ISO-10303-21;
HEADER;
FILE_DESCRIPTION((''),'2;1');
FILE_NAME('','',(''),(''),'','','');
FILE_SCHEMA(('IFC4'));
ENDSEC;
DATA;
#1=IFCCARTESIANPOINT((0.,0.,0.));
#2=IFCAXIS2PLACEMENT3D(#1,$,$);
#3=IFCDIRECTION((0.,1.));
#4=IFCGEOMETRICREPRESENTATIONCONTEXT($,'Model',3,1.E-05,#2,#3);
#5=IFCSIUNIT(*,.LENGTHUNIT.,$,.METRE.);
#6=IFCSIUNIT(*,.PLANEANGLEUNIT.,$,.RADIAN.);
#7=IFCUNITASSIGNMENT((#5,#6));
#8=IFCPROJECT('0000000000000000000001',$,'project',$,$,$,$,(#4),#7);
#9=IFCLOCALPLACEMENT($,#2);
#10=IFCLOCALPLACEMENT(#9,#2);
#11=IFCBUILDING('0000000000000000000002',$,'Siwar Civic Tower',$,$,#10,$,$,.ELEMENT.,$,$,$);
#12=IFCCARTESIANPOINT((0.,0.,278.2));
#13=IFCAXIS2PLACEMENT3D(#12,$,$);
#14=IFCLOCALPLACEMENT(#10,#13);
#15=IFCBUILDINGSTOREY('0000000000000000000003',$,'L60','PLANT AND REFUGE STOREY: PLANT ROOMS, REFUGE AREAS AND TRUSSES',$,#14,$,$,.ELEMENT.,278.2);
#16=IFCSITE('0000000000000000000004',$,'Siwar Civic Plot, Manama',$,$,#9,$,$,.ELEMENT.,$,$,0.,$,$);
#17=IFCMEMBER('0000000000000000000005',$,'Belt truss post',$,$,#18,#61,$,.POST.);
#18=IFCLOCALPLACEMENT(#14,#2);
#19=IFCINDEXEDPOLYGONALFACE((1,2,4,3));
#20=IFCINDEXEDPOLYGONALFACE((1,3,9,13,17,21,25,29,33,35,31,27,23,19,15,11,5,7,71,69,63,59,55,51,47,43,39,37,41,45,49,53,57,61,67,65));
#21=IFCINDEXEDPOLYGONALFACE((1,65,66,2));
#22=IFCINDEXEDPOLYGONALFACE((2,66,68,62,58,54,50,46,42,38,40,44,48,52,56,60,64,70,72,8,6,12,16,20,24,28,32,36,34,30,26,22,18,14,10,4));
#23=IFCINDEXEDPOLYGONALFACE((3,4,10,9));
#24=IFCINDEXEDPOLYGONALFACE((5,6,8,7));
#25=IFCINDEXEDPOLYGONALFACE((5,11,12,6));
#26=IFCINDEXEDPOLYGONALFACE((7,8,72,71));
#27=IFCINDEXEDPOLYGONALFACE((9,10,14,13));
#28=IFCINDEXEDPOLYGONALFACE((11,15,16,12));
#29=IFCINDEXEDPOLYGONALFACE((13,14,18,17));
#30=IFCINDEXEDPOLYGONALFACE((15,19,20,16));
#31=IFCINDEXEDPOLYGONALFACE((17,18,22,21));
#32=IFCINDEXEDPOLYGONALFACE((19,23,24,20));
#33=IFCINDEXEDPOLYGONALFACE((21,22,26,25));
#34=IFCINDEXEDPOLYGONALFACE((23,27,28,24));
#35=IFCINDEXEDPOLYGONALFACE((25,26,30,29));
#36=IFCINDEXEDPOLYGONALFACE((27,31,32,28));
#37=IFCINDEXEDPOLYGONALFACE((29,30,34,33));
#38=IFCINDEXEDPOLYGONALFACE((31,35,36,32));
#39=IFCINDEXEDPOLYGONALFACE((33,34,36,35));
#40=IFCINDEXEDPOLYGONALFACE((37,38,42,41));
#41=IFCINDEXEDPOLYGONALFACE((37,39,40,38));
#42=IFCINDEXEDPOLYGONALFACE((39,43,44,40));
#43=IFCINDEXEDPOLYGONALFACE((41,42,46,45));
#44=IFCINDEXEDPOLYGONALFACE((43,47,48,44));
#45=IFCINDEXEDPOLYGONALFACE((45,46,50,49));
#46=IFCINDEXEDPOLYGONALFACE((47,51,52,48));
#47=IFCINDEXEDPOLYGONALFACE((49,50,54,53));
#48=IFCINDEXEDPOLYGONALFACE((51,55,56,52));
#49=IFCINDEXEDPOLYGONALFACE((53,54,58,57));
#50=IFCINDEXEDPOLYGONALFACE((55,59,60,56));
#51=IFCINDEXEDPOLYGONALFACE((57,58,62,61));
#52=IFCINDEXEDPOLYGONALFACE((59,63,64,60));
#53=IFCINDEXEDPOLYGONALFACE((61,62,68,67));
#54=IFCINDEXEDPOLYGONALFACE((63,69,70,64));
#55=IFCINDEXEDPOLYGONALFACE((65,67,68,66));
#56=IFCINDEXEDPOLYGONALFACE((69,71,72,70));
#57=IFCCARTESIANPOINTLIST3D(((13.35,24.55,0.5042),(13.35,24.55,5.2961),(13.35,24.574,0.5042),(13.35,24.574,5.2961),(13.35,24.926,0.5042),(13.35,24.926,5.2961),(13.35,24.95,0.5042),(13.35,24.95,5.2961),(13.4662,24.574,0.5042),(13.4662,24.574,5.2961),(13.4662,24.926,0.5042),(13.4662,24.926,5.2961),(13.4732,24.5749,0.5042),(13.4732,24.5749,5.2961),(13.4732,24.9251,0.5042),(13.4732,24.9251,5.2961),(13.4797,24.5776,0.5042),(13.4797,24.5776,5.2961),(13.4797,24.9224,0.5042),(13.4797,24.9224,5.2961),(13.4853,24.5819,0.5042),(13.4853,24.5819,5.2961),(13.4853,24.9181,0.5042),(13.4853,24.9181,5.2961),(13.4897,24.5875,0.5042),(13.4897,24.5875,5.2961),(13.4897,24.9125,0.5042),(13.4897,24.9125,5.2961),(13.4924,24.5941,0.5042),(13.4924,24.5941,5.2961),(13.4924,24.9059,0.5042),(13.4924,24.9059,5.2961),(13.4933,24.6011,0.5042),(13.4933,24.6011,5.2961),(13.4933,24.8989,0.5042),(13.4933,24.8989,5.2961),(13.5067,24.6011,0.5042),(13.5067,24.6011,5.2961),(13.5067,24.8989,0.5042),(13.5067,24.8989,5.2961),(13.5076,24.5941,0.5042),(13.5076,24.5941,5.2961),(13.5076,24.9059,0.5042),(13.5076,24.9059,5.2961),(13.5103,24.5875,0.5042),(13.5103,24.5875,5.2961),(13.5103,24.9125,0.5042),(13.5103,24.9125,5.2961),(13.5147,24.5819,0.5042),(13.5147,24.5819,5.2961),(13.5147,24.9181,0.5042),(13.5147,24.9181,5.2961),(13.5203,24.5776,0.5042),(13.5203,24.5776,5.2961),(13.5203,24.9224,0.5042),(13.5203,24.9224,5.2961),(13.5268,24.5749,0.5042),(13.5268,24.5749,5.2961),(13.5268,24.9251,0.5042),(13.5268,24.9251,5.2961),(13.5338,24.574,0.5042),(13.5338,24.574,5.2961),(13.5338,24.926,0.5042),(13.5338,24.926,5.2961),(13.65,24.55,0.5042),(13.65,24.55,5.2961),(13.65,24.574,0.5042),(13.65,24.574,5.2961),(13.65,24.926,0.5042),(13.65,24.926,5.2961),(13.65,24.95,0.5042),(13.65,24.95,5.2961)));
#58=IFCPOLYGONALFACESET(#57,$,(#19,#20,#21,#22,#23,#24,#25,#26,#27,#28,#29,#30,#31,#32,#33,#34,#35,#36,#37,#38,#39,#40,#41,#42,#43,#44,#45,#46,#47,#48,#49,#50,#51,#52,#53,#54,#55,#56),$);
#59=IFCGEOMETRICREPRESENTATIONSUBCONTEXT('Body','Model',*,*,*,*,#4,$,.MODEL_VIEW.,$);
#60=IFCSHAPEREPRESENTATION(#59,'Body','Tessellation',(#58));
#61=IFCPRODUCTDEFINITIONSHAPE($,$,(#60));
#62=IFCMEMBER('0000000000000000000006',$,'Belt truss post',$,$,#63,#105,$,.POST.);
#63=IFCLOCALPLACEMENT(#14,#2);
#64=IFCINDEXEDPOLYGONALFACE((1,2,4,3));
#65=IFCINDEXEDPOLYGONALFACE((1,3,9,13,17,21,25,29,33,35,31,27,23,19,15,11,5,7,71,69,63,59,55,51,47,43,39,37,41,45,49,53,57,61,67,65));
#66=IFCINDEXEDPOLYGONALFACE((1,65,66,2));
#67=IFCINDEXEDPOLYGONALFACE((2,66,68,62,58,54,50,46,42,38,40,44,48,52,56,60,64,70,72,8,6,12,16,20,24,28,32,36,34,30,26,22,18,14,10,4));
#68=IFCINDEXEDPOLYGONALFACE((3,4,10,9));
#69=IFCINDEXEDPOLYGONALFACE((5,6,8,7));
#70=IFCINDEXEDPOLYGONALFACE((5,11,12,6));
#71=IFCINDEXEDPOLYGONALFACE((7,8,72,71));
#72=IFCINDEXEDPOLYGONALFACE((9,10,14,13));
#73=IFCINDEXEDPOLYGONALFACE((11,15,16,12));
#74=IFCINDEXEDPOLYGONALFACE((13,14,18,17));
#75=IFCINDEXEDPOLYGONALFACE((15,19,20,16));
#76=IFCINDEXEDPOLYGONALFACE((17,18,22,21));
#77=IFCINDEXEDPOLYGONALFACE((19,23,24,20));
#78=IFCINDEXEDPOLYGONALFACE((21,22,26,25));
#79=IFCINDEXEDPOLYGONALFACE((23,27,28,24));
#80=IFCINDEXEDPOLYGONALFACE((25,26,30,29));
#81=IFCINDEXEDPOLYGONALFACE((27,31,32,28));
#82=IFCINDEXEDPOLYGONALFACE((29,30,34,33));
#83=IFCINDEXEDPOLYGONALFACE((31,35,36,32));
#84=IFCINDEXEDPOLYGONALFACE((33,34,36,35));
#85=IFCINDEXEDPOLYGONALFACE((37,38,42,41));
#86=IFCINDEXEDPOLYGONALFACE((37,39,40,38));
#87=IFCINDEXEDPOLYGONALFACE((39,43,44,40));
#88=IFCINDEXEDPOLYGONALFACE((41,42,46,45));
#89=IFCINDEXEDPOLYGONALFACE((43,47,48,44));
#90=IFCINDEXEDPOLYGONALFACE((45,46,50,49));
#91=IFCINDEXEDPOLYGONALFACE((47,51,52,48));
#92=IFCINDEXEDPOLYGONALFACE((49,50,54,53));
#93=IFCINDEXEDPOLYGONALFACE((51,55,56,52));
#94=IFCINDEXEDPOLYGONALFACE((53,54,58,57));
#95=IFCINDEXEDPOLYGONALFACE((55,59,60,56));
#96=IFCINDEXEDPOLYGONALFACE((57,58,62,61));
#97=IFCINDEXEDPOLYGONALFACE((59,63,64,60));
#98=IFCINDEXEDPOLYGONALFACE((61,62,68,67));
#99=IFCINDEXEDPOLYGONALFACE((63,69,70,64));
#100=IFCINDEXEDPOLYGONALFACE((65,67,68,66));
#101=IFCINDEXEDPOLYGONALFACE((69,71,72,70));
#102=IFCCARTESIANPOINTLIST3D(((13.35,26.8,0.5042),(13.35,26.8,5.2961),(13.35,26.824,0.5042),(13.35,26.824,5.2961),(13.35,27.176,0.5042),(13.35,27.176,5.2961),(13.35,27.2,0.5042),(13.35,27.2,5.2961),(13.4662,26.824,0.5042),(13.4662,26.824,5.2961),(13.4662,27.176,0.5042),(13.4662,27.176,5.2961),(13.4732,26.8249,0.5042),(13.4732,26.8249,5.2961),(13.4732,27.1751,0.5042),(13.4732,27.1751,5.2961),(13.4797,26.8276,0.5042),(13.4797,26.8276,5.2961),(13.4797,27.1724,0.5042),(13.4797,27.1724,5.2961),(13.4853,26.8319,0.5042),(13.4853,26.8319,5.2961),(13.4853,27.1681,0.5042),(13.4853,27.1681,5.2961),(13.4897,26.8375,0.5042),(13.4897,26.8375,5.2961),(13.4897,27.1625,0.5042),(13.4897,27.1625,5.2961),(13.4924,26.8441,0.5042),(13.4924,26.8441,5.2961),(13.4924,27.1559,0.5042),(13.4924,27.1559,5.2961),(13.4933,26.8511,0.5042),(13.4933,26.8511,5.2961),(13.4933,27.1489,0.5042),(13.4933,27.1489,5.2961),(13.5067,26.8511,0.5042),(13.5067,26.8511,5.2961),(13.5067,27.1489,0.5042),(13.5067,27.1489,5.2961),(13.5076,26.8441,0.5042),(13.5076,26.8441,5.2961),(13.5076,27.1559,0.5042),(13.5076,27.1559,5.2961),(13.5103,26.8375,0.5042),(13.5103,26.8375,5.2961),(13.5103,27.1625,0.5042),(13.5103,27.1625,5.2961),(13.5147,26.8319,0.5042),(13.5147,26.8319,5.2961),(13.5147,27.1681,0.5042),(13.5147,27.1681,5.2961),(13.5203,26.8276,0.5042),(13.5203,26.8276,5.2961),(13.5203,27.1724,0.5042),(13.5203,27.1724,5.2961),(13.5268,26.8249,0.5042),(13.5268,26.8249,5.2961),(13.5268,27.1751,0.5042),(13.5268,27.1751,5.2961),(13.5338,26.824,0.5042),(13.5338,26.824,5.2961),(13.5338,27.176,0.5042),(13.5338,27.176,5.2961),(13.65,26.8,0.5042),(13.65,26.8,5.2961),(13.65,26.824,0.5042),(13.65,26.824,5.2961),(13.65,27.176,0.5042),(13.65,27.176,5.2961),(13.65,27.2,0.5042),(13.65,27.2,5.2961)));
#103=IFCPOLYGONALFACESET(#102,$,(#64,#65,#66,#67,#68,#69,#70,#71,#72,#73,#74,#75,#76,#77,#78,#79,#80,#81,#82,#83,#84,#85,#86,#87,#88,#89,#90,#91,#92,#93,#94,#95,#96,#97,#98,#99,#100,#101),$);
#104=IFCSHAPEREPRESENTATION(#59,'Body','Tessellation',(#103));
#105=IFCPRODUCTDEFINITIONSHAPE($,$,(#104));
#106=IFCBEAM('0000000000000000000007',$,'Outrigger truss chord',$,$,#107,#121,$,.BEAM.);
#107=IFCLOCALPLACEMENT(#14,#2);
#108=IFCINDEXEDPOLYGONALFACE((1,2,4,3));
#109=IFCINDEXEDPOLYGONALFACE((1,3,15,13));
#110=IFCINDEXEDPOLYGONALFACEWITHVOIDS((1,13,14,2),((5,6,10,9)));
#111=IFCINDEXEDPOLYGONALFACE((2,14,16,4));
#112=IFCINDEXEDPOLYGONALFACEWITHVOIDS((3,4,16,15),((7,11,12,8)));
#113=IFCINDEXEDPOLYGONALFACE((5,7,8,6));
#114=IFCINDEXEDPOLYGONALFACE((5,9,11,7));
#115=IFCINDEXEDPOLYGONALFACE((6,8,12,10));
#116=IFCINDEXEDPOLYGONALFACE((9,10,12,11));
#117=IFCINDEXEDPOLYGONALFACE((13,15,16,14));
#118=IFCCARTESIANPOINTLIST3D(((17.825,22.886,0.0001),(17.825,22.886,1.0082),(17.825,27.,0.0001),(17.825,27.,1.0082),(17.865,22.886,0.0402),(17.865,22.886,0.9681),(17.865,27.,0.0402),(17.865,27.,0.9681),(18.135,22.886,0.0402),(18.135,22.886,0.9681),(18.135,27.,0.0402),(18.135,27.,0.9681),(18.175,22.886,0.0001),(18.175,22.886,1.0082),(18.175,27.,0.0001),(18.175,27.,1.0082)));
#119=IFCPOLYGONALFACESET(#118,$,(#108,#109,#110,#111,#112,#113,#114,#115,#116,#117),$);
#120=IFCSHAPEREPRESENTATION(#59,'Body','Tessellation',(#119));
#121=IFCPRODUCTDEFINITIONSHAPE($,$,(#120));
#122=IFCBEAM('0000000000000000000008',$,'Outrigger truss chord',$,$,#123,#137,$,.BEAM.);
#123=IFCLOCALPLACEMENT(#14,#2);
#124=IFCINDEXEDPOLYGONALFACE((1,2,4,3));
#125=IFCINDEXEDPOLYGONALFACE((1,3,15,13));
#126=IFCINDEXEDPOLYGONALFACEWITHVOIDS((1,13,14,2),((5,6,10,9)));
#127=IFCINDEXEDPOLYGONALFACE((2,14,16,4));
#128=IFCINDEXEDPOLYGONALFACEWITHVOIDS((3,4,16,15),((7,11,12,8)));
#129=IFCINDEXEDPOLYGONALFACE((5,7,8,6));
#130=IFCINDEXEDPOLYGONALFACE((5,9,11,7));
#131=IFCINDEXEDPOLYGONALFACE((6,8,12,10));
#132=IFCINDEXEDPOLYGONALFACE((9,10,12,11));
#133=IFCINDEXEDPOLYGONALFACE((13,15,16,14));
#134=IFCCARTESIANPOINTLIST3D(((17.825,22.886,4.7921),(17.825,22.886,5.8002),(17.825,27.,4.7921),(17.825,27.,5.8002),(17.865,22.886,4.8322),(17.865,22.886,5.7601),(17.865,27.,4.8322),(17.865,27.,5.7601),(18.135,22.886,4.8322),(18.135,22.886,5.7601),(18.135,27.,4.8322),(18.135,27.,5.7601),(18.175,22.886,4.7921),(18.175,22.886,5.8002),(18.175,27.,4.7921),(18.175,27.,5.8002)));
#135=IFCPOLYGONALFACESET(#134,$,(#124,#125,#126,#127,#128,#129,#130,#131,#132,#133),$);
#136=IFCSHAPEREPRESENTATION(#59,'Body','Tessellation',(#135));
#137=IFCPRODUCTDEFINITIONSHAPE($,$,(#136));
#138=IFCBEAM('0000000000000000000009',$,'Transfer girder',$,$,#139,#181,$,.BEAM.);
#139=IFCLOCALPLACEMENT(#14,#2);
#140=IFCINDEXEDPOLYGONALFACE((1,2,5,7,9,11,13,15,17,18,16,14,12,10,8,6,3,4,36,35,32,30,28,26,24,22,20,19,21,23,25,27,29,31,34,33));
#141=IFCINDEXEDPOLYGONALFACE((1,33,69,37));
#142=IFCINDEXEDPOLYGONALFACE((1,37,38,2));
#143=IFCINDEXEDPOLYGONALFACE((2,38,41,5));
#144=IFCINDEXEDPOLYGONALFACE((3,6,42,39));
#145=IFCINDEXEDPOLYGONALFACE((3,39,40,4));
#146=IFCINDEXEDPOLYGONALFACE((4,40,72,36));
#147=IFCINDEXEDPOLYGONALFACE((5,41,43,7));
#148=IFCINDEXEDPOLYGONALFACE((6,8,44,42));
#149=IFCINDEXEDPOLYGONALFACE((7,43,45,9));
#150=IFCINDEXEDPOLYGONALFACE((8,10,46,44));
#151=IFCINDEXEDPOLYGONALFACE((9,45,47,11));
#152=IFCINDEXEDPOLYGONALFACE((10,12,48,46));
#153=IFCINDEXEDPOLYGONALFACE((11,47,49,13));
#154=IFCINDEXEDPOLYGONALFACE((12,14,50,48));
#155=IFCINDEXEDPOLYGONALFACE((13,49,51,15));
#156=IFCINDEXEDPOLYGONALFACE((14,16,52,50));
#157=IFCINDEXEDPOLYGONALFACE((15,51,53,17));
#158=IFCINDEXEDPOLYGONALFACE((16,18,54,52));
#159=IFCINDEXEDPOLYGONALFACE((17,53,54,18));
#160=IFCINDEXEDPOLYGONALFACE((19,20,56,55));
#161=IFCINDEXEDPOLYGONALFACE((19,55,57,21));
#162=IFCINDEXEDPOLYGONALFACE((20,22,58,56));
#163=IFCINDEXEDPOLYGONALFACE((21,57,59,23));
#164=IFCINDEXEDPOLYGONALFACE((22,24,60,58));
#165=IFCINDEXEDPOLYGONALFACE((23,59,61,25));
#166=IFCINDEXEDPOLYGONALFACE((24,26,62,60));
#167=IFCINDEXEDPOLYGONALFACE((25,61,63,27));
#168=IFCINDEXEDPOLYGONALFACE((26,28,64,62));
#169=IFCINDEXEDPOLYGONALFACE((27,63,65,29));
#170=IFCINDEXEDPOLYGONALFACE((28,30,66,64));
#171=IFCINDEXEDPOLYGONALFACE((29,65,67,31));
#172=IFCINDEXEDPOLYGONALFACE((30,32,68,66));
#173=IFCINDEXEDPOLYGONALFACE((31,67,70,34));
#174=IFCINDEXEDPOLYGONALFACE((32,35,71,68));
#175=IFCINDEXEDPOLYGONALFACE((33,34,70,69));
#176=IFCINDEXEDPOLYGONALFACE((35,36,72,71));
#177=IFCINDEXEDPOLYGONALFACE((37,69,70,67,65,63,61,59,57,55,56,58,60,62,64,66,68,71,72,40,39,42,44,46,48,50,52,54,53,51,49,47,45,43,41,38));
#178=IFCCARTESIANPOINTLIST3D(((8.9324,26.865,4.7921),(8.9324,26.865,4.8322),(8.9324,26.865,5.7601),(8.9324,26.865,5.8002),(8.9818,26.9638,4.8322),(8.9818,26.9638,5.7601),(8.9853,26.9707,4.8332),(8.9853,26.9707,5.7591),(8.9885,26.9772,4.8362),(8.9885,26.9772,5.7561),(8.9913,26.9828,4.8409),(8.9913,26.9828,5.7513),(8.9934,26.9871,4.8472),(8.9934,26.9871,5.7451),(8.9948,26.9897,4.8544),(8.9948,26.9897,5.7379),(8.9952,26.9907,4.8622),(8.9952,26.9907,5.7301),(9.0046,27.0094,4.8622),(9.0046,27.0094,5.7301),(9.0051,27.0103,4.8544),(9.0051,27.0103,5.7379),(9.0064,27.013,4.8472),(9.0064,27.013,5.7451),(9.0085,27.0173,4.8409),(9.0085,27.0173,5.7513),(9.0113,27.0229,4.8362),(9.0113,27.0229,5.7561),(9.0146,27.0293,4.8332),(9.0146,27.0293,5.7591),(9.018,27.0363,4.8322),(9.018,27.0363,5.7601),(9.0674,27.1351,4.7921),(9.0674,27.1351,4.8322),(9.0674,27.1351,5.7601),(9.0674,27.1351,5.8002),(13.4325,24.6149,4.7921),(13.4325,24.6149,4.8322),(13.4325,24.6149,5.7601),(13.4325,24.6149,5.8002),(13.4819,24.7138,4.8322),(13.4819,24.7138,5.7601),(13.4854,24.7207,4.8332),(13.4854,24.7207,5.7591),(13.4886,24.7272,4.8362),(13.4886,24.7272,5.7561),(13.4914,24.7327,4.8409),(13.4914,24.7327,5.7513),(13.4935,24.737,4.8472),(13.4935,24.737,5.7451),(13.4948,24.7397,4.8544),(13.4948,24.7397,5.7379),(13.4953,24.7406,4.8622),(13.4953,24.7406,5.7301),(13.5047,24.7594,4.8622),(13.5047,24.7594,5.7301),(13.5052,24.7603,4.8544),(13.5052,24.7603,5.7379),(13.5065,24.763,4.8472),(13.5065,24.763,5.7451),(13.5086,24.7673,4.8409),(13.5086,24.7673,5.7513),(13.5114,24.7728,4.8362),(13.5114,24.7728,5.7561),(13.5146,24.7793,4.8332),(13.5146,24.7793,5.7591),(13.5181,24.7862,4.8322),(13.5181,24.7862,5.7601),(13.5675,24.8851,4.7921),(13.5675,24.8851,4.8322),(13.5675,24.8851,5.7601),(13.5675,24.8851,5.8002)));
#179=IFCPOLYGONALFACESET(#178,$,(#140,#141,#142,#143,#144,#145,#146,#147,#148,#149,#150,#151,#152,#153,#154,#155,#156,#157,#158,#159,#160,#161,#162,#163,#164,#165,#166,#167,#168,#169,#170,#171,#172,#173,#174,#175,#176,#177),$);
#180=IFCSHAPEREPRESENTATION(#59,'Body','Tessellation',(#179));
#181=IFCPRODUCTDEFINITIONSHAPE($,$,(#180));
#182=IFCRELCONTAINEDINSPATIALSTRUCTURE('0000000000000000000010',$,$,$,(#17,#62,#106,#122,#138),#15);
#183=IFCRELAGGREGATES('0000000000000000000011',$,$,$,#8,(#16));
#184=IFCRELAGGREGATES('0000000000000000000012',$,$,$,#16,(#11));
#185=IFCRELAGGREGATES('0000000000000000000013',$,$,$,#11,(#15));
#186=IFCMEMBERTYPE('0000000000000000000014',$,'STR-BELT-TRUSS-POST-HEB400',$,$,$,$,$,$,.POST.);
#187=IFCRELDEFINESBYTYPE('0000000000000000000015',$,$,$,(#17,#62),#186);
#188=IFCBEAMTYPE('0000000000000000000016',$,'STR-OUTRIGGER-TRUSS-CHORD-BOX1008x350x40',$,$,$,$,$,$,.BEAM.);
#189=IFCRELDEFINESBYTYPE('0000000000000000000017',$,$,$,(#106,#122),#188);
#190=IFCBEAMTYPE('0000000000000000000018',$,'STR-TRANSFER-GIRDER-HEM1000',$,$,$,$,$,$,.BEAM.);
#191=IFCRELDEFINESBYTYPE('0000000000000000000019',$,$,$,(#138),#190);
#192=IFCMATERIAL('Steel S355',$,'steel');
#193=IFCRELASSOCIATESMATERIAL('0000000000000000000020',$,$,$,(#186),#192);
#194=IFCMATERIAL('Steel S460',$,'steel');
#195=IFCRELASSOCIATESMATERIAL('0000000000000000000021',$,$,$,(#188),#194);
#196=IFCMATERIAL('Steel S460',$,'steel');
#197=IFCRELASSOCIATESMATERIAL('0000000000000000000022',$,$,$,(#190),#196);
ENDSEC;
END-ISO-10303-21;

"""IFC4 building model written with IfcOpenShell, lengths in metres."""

from ifc_helpers import new_model, si_unit, direction, frame, origin, origin_2d, place, context, subcontext, project, spatial, hollow_rectangle, i_section, extrude, material, material_profile, profile_set, type_object, element, save


model = new_model("IFC4")

# Units and contexts
model_context = context("Model", 3, precision=1e-05, world=origin(), true_north=direction((0.0, 1.0)))
body_context = subcontext(model_context, "Body", "Model", "MODEL_VIEW")
ifc_project = project(units=[si_unit("LENGTHUNIT", "METRE"), si_unit("PLANEANGLEUNIT", "RADIAN")], contexts=[model_context])

# Site, building, storey
site_placement = place(None, origin())
site = spatial("IfcSite", under=ifc_project, at=site_placement, Name="Siwar Civic Plot, Manama", CompositionType="ELEMENT", RefElevation=0.0)
building_placement = place(site_placement, origin())
building = spatial("IfcBuilding", under=site, at=building_placement, Name="Siwar Civic Tower", CompositionType="ELEMENT")
storey_placement = place(building_placement, frame((0.0, 0.0, 278.2)))
storey = spatial("IfcBuildingStorey", under=building, at=storey_placement, Name="L60", Description="PLANT AND REFUGE STOREY: PLANT ROOMS, REFUGE AREAS AND TRUSSES", CompositionType="ELEMENT", Elevation=278.2)

# Members
ifc_material_1 = material(Name="Steel S355", Category="steel")
ifc_material_profile_1 = material_profile(ifc_material_1, i_section(OverallWidth=0.3, OverallDepth=0.3999, WebThickness=0.0134, FlangeThickness=0.0239, FilletRadius=0.0271, at=origin_2d()), Name="HEB400")
ifc_profile_set_1 = profile_set([ifc_material_profile_1], Name="Steel S355")
member_type_1 = type_object("IfcMemberType", Name="STR-BELT-TRUSS-POST-HEB400", PredefinedType="POST", material=ifc_profile_set_1)
for number, where, z_axis, x_axis, name in (
    (1, (13.5, 24.75, 0.5042), (0.0, 0.0, 1.0), (1.0, 0.0, 0.0), "Belt truss post"),
    (2, (13.5, 27.0, 0.5042), (0.0, 0.0, 1.0), (1.0, 0.0, 0.0), "Belt truss post"),
):
    element("IfcMember", number, at=place(storey_placement, frame(where, z_axis=z_axis, x_axis=x_axis)), inside=storey, type_object=member_type_1, Name=name, PredefinedType="POST", context=body_context, shape_type="SweptSolid", body=[
        extrude(i_section(OverallWidth=0.3, OverallDepth=0.3999, WebThickness=0.0134, FlangeThickness=0.0239, FilletRadius=0.0271, at=origin_2d()), origin(), (0.0, 0.0, 1.0), 4.792),
    ])

# Beams
ifc_material_2 = material(Name="Steel S460", Category="steel")
ifc_material_profile_2 = material_profile(ifc_material_2, hollow_rectangle(XDim=0.3501, YDim=1.0081, WallThickness=0.04, at=origin_2d()), Name="BOX1008x350x40")
ifc_profile_set_2 = profile_set([ifc_material_profile_2], Name="Steel S460")
beam_type_1 = type_object("IfcBeamType", Name="STR-OUTRIGGER-TRUSS-CHORD-BOX1008x350x40", PredefinedType="BEAM", material=ifc_profile_set_2)
for number, where, z_axis, x_axis, name in (
    (3, (18.0, 27.0, 0.5042), (0.0, -1.0, 0.0), (1.0, 0.0, 0.0), "Outrigger truss chord"),
    (4, (18.0, 27.0, 5.2961), (0.0, -1.0, 0.0), (1.0, 0.0, 0.0), "Outrigger truss chord"),
):
    element("IfcBeam", number, at=place(storey_placement, frame(where, z_axis=z_axis, x_axis=x_axis)), inside=storey, type_object=beam_type_1, Name=name, PredefinedType="BEAM", context=body_context, shape_type="SweptSolid", body=[
        extrude(hollow_rectangle(XDim=0.3501, YDim=1.0081, WallThickness=0.04, at=origin_2d()), origin(), (0.0, 0.0, 1.0), 4.114),
    ])
ifc_material_3 = material(Name="Steel S460", Category="steel")
ifc_material_profile_3 = material_profile(ifc_material_3, i_section(OverallWidth=0.302, OverallDepth=1.0081, WebThickness=0.021, FlangeThickness=0.04, FilletRadius=0.03, at=origin_2d()), Name="HEM1000")
ifc_profile_set_3 = profile_set([ifc_material_profile_3], Name="Steel S460")
beam_type_2 = type_object("IfcBeamType", Name="STR-TRANSFER-GIRDER-HEM1000", PredefinedType="BEAM", material=ifc_profile_set_3)
for number, where, z_axis, x_axis, name in (
    (5, (13.5, 24.75, 5.2961), (-0.894427, 0.447214, 0.0), (-0.447214, -0.894427, 0.0), "Transfer girder"),
):
    element("IfcBeam", number, at=place(storey_placement, frame(where, z_axis=z_axis, x_axis=x_axis)), inside=storey, type_object=beam_type_2, Name=name, PredefinedType="BEAM", context=body_context, shape_type="SweptSolid", body=[
        extrude(i_section(OverallWidth=0.302, OverallDepth=1.0081, WebThickness=0.021, FlangeThickness=0.04, FilletRadius=0.03, at=origin_2d()), origin(), (0.0, 0.0, 1.0), 5.0312),
    ])

save(model, "model.ifc")
